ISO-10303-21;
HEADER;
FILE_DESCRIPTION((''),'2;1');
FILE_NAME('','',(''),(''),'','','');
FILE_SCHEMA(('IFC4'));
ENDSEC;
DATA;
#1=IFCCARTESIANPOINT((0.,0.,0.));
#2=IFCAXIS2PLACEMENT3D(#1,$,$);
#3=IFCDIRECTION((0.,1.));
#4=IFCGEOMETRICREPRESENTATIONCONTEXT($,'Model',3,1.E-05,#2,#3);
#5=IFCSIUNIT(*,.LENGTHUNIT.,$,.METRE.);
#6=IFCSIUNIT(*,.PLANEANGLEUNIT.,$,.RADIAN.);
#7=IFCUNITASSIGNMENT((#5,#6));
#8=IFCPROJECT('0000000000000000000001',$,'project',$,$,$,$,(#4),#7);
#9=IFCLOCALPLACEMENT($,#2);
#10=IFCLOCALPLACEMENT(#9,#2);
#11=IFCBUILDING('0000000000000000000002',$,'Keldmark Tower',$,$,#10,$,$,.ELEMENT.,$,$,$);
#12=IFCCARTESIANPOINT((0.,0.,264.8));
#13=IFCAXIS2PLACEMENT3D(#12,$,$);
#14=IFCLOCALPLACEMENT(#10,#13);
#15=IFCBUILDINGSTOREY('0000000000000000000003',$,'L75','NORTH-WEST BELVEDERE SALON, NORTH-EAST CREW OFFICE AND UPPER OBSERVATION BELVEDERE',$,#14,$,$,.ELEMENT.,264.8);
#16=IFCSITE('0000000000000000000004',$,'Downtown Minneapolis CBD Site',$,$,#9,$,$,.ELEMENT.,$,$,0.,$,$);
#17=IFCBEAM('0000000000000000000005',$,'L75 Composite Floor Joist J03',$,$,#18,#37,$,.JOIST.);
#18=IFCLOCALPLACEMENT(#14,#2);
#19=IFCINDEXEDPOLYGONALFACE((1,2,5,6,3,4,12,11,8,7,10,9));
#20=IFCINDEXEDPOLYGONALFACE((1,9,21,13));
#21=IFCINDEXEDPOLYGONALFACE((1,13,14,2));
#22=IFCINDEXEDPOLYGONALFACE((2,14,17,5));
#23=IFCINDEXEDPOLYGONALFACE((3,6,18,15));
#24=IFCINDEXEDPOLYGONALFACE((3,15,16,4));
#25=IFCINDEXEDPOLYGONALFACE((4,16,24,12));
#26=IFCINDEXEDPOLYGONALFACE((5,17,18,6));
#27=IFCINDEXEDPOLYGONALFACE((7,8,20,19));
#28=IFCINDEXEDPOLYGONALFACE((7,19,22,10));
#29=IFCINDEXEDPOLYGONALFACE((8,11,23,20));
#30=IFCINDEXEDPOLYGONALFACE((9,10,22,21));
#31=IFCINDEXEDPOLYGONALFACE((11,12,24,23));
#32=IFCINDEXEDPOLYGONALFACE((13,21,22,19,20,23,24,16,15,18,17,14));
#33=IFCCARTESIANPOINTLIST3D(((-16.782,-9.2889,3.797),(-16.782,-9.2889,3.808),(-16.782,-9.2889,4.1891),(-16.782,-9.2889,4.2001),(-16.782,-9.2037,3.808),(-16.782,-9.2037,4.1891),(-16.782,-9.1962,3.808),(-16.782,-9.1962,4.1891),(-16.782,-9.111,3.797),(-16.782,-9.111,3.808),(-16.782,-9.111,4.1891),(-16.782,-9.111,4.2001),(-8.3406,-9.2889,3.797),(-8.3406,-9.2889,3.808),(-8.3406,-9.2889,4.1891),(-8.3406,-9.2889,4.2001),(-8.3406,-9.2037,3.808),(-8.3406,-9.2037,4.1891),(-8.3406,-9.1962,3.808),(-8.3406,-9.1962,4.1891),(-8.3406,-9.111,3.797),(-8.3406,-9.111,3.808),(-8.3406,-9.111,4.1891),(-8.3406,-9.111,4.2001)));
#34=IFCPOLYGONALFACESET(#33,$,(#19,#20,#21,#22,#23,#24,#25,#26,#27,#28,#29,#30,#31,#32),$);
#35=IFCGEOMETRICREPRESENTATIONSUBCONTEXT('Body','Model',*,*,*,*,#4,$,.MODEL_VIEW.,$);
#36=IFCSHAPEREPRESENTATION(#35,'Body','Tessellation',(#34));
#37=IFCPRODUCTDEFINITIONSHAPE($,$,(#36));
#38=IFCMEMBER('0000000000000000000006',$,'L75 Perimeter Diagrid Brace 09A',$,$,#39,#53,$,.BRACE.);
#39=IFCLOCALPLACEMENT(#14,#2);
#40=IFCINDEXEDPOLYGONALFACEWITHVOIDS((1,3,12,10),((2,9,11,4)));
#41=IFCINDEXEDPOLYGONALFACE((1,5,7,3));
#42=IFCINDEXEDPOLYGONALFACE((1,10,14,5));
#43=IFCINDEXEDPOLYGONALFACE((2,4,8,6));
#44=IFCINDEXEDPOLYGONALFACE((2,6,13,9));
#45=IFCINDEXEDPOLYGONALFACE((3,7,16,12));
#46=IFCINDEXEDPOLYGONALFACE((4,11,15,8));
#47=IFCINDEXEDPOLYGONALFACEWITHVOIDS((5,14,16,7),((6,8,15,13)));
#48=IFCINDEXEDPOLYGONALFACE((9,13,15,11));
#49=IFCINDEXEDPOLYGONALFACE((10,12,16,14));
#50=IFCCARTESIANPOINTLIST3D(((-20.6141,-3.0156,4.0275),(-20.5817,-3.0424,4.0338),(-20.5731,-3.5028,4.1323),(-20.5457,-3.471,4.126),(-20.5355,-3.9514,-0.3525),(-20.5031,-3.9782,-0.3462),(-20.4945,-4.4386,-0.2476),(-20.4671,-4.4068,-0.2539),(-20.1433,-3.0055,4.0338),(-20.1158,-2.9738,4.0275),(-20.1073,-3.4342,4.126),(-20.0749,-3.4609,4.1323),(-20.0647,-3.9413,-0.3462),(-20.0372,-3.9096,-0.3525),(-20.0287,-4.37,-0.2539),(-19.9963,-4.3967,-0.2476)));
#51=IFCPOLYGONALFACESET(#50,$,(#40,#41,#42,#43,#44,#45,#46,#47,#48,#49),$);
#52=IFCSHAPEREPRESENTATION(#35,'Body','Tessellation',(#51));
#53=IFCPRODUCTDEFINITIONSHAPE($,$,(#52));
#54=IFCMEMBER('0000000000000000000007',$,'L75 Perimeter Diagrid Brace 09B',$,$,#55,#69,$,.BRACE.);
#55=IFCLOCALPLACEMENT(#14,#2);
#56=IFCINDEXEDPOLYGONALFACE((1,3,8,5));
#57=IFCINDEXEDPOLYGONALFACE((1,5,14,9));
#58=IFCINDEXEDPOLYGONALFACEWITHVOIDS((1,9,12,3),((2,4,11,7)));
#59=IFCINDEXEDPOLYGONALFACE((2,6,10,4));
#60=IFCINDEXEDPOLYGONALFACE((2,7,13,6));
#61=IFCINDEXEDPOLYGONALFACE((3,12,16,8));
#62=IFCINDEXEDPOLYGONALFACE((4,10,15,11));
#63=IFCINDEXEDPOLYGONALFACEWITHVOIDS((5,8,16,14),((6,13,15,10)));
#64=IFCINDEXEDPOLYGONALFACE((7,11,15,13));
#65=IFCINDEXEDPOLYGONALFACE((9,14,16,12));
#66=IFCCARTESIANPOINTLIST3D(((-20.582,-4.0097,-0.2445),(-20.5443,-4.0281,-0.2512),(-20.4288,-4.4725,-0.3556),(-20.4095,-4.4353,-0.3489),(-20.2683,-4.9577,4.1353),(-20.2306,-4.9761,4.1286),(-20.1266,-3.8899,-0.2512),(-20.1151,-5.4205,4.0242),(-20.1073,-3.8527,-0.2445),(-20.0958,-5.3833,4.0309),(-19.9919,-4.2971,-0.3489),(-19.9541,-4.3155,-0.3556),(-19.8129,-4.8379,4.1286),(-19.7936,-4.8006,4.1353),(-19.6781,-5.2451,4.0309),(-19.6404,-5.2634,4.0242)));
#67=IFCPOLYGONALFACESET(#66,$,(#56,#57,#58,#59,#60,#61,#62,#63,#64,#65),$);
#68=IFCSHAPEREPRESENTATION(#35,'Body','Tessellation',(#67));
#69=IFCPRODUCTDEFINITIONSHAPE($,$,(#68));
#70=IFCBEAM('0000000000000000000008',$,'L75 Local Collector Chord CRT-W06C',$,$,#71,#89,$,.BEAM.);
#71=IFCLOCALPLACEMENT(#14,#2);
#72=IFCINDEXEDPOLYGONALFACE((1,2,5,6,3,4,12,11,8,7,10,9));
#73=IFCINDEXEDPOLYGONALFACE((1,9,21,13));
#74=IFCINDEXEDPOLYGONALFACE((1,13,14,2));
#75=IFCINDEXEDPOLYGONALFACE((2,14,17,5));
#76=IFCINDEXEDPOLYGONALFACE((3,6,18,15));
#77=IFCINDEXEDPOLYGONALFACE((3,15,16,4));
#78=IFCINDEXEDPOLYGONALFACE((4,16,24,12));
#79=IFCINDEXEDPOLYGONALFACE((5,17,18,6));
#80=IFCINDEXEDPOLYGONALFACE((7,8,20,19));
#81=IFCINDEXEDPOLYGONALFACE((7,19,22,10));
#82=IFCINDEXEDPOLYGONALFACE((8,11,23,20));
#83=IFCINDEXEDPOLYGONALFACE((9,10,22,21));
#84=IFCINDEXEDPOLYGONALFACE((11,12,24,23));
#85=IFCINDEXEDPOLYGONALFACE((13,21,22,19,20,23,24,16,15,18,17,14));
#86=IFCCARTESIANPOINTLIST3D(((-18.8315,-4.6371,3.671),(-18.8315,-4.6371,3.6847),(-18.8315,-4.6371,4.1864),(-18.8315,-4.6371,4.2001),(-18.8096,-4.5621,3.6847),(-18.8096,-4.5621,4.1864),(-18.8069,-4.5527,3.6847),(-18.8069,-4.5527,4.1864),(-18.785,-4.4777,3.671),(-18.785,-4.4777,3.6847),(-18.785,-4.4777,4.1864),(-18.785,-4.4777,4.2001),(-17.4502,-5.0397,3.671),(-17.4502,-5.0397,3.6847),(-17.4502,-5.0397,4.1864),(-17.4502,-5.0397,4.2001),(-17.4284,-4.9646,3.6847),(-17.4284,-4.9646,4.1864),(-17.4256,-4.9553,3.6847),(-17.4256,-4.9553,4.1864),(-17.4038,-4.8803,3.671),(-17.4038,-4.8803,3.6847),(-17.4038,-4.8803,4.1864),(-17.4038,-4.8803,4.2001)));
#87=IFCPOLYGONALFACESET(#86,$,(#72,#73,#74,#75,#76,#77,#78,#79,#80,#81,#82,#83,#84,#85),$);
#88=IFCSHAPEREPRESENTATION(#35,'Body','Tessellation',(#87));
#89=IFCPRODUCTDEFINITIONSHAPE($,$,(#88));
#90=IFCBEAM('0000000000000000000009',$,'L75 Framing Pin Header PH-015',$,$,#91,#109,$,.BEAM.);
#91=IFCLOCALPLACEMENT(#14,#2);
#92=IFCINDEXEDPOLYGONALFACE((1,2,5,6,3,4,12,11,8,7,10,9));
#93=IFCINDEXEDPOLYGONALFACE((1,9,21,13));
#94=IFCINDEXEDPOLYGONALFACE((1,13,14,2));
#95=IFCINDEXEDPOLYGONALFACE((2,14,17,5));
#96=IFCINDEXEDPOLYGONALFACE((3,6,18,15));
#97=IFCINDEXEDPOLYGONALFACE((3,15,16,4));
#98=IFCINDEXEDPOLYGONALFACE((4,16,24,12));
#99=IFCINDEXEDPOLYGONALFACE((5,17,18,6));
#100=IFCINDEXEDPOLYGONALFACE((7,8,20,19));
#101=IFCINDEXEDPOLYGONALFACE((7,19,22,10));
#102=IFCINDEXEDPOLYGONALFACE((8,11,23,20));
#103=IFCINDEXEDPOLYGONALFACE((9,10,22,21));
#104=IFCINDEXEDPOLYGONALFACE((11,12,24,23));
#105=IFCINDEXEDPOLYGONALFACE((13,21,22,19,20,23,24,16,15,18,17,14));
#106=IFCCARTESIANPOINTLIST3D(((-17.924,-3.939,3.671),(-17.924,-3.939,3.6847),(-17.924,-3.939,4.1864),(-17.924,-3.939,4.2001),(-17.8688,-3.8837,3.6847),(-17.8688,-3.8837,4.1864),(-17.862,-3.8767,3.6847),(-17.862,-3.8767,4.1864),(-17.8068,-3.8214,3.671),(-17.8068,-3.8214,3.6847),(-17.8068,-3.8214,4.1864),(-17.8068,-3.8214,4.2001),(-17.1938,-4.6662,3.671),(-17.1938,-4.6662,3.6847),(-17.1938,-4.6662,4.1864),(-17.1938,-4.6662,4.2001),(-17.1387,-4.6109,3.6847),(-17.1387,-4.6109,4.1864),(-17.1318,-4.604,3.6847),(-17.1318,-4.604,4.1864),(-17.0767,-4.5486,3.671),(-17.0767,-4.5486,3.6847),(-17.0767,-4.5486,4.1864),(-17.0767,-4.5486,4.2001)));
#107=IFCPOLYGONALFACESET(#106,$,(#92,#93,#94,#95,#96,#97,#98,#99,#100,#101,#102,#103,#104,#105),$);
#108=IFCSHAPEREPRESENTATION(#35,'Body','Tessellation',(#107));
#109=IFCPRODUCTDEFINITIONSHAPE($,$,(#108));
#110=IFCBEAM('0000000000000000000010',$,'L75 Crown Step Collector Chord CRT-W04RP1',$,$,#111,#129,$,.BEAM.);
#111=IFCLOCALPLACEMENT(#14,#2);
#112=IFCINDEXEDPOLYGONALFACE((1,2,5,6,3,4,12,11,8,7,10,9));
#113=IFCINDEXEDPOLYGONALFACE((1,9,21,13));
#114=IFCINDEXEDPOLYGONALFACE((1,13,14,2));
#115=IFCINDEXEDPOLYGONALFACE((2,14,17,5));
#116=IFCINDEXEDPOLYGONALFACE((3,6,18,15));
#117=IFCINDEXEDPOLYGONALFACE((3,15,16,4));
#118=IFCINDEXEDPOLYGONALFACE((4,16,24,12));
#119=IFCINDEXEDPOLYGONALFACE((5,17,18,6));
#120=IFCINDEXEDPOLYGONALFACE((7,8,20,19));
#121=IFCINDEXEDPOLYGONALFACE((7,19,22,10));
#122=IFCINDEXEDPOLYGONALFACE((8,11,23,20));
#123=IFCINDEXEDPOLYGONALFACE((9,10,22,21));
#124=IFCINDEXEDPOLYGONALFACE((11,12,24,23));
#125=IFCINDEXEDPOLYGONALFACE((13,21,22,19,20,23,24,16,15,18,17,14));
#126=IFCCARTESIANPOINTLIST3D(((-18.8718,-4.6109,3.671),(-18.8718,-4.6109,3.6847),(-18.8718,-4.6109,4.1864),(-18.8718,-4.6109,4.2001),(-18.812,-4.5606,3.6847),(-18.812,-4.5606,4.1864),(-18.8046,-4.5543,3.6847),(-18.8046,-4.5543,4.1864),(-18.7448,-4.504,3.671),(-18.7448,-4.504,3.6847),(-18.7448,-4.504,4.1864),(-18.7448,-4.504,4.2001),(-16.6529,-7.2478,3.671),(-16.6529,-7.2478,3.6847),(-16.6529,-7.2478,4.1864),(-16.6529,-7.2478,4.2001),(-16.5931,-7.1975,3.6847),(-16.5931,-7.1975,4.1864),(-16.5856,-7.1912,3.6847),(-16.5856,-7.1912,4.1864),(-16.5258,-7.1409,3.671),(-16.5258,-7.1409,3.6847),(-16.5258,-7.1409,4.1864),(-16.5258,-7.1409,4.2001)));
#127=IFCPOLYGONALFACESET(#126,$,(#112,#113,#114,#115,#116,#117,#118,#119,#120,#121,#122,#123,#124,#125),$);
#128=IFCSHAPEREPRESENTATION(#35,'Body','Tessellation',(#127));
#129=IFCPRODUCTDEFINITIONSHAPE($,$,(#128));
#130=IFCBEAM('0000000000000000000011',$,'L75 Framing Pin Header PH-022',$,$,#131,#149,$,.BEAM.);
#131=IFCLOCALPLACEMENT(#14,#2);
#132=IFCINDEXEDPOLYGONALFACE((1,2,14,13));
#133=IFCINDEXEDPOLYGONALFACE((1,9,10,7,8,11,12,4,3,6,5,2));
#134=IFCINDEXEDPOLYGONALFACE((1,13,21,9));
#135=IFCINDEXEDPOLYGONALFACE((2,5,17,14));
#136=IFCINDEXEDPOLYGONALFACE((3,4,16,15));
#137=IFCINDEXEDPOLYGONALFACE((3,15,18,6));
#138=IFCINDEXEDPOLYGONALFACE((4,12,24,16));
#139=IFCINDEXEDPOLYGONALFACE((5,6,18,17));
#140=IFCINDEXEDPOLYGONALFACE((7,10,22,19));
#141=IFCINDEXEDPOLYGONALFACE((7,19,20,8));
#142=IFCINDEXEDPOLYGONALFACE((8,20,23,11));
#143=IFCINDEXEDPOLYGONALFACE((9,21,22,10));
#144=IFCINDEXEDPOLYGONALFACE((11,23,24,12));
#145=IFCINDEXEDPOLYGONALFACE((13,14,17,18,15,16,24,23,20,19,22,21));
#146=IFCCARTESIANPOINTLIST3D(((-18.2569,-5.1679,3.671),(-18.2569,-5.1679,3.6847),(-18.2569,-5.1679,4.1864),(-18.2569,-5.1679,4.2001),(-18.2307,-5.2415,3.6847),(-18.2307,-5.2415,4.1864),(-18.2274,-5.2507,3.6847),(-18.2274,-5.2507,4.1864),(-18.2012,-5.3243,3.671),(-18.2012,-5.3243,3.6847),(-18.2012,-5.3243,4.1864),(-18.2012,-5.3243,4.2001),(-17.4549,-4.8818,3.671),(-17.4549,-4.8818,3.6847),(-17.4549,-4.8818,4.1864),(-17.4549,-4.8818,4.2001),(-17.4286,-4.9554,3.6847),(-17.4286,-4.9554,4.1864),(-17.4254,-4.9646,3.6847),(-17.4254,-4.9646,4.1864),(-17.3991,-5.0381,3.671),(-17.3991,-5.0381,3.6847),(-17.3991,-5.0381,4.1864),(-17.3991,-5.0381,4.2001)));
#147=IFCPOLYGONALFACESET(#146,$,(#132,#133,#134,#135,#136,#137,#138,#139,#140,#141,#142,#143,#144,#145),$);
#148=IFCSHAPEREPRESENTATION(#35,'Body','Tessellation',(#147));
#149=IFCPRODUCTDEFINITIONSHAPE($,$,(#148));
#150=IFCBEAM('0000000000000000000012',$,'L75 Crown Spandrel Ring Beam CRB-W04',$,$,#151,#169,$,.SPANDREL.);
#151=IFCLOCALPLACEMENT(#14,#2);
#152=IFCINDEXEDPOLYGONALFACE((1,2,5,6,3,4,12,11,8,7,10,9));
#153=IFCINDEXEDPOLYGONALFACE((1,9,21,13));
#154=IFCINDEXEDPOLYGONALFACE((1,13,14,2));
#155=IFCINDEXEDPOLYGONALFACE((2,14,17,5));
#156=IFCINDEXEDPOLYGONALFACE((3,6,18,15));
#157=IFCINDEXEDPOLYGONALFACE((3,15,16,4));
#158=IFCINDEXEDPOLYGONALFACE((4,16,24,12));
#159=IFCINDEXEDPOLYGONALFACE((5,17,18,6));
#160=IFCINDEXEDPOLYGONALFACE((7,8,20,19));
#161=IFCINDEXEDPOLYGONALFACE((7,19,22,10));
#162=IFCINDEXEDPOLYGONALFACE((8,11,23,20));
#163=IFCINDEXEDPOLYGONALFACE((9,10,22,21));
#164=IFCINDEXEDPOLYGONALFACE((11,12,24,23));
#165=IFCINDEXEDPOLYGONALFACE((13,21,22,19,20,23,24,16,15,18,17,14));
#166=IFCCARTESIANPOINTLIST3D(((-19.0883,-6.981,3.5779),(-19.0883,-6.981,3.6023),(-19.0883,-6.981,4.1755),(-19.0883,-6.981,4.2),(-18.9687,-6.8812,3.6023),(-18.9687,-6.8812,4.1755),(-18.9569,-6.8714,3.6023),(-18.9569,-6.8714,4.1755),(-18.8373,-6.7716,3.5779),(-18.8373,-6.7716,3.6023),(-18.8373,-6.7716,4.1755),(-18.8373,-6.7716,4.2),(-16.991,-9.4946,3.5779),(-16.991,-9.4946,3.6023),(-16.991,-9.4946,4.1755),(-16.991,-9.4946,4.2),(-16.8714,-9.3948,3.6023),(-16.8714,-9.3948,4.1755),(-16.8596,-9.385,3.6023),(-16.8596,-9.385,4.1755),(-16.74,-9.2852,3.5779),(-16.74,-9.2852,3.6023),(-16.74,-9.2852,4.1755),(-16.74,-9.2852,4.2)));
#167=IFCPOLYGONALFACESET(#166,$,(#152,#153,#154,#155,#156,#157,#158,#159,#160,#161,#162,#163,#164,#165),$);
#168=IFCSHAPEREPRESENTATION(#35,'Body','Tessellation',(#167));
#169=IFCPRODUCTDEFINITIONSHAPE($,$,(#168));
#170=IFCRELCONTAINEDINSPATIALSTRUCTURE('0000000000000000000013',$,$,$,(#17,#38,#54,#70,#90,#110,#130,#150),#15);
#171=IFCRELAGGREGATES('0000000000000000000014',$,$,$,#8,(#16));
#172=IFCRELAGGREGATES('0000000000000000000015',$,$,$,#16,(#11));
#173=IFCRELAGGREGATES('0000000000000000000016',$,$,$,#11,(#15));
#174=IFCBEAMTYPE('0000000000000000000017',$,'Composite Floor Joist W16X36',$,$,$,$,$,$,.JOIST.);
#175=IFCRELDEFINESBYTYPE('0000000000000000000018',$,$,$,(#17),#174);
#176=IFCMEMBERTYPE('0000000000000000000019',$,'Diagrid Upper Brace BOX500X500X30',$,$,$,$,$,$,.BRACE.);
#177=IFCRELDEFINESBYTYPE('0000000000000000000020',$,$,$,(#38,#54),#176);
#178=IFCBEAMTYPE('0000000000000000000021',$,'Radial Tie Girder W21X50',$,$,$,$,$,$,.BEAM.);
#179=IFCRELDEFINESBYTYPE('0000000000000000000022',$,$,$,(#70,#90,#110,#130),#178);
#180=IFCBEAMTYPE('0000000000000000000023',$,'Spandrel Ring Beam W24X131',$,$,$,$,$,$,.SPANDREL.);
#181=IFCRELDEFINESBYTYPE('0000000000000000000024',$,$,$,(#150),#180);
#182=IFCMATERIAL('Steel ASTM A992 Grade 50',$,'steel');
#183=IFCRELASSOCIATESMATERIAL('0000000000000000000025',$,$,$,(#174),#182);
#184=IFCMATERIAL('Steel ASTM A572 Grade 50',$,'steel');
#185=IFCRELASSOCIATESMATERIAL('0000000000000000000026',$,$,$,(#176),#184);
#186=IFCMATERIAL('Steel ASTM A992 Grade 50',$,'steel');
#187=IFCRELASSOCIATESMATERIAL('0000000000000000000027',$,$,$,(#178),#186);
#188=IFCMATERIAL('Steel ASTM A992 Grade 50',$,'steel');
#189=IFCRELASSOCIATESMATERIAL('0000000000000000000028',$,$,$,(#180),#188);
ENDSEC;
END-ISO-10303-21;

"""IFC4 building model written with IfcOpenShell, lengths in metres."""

from ifc_helpers import new_model, si_unit, direction, frame, origin, origin_2d, place, context, subcontext, project, spatial, hollow_rectangle, i_section, extrude, material, material_profile, profile_set, type_object, element, save


model = new_model("IFC4")

# Units and contexts
model_context = context("Model", 3, precision=1e-05, world=origin(), true_north=direction((0.0, 1.0)))
body_context = subcontext(model_context, "Body", "Model", "MODEL_VIEW")
ifc_project = project(units=[si_unit("LENGTHUNIT", "METRE"), si_unit("PLANEANGLEUNIT", "RADIAN")], contexts=[model_context])

# Site, building, storey
site_placement = place(None, origin())
site = spatial("IfcSite", under=ifc_project, at=site_placement, Name="Downtown Minneapolis CBD Site", CompositionType="ELEMENT", RefElevation=0.0)
building_placement = place(site_placement, origin())
building = spatial("IfcBuilding", under=site, at=building_placement, Name="Keldmark Tower", CompositionType="ELEMENT")
storey_placement = place(building_placement, frame((0.0, 0.0, 264.8)))
storey = spatial("IfcBuildingStorey", under=building, at=storey_placement, Name="L75", Description="NORTH-WEST BELVEDERE SALON, NORTH-EAST CREW OFFICE AND UPPER OBSERVATION BELVEDERE", CompositionType="ELEMENT", Elevation=264.8)

# Beam
ifc_material_1 = material(Name="Steel ASTM A992 Grade 50", Category="steel")
ifc_material_profile_1 = material_profile(ifc_material_1, i_section(OverallWidth=0.178, OverallDepth=0.4031, WebThickness=0.0076, FlangeThickness=0.011, at=origin_2d()), Name="W16X36")
ifc_profile_set_1 = profile_set([ifc_material_profile_1], Name="Steel ASTM A992 Grade 50")
beam_type_1 = type_object("IfcBeamType", Name="Composite Floor Joist W16X36", PredefinedType="JOIST", material=ifc_profile_set_1)
beam_1_placement = place(storey_placement, frame((-16.782, -9.2, 3.9985), z_axis=(1.0, 0.0, 0.0), x_axis=(0.0, 1.0, 0.0)))
element("IfcBeam", 1, at=beam_1_placement, inside=storey, type_object=beam_type_1, Name="L75 Composite Floor Joist J03", PredefinedType="JOIST", context=body_context, shape_type="SweptSolid", body=[
    extrude(i_section(OverallWidth=0.178, OverallDepth=0.4031, WebThickness=0.0076, FlangeThickness=0.011, at=origin_2d()), origin(), (0.0, 0.0, 1.0), 8.4414),
])

# Members
ifc_material_2 = material(Name="Steel ASTM A572 Grade 50", Category="steel")
ifc_material_profile_2 = material_profile(ifc_material_2, hollow_rectangle(XDim=0.5, YDim=0.5, WallThickness=0.03, at=origin_2d()), Name="BOX500X500X30")
ifc_profile_set_2 = profile_set([ifc_material_profile_2], Name="Steel ASTM A572 Grade 50")
member_type = type_object("IfcMemberType", Name="Diagrid Upper Brace BOX500X500X30", PredefinedType="BRACE", material=ifc_profile_set_2)
member_1_placement = place(storey_placement, frame((-20.2659, -4.1741, -0.3), z_axis=(-0.01755, 0.208909, 0.977778), x_axis=(-0.99649, -0.083712, 0.0)))
element("IfcMember", 2, at=member_1_placement, inside=storey, type_object=member_type, Name="L75 Perimeter Diagrid Brace 09A", PredefinedType="BRACE", context=body_context, shape_type="SweptSolid", body=[
    extrude(hollow_rectangle(XDim=0.5, YDim=0.5, WallThickness=0.03, at=origin_2d()), origin(), (0.0, 0.0, 1.0), 4.4795),
])
member_2_placement = place(storey_placement, frame((-20.2681, -4.1626, -0.3), z_axis=(0.069836, -0.211029, 0.974982), x_axis=(0.949366, 0.314173, 0.0)))
element("IfcMember", 3, at=member_2_placement, inside=storey, type_object=member_type, Name="L75 Perimeter Diagrid Brace 09B", PredefinedType="BRACE", context=body_context, shape_type="SweptSolid", body=[
    extrude(hollow_rectangle(XDim=0.5, YDim=0.5, WallThickness=0.03, at=origin_2d()), origin(), (0.0, 0.0, 1.0), 4.4922),
])

# Beams
ifc_material_3 = material(Name="Steel ASTM A992 Grade 50", Category="steel")
ifc_material_profile_3 = material_profile(ifc_material_3, i_section(OverallWidth=0.166, OverallDepth=0.5291, WebThickness=0.0098, FlangeThickness=0.0137, at=origin_2d()), Name="W21X50")
ifc_profile_set_3 = profile_set([ifc_material_profile_3], Name="Steel ASTM A992 Grade 50")
beam_type_2 = type_object("IfcBeamType", Name="Radial Tie Girder W21X50", PredefinedType="BEAM", material=ifc_profile_set_3)
beam_2_placement = place(storey_placement, frame((-17.427, -4.96, 3.9355), z_axis=(-0.960057, 0.279805, 0.0), x_axis=(-0.279805, -0.960057, 0.0)))
element("IfcBeam", 4, at=beam_2_placement, inside=storey, type_object=beam_type_2, Name="L75 Local Collector Chord CRT-W06C", PredefinedType="BEAM", context=body_context, shape_type="SweptSolid", body=[
    extrude(i_section(OverallWidth=0.166, OverallDepth=0.5291, WebThickness=0.0098, FlangeThickness=0.0137, at=origin_2d()), origin(), (0.0, 0.0, 1.0), 1.4387),
])
beam_3_placement = place(storey_placement, frame((-17.1353, -4.6074, 3.9355), z_axis=(-0.708527, 0.705684, 0.0), x_axis=(-0.705684, -0.708527, 0.0)))
element("IfcBeam", 5, at=beam_3_placement, inside=storey, type_object=beam_type_2, Name="L75 Framing Pin Header PH-015", PredefinedType="BEAM", context=body_context, shape_type="SweptSolid", body=[
    extrude(i_section(OverallWidth=0.166, OverallDepth=0.5291, WebThickness=0.0098, FlangeThickness=0.0137, at=origin_2d()), origin(), (0.0, 0.0, 1.0), 1.0305),
])
beam_4_placement = place(storey_placement, frame((-16.5894, -7.1943, 3.9355), z_axis=(-0.643863, 0.765141, 0.0), x_axis=(-0.765141, -0.643863, 0.0)))
element("IfcBeam", 6, at=beam_4_placement, inside=storey, type_object=beam_type_2, Name="L75 Crown Step Collector Chord CRT-W04RP1", PredefinedType="BEAM", context=body_context, shape_type="SweptSolid", body=[
    extrude(i_section(OverallWidth=0.166, OverallDepth=0.5291, WebThickness=0.0098, FlangeThickness=0.0137, at=origin_2d()), origin(), (0.0, 0.0, 1.0), 3.4463),
])
beam_5_placement = place(storey_placement, frame((-17.427, -4.96, 3.9355), z_axis=(-0.941852, -0.336028, 0.0), x_axis=(0.336028, -0.941852, 0.0)))
element("IfcBeam", 7, at=beam_5_placement, inside=storey, type_object=beam_type_2, Name="L75 Framing Pin Header PH-022", PredefinedType="BEAM", context=body_context, shape_type="SweptSolid", body=[
    extrude(i_section(OverallWidth=0.166, OverallDepth=0.5291, WebThickness=0.0098, FlangeThickness=0.0137, at=origin_2d()), origin(), (0.0, 0.0, 1.0), 0.8516),
])
ifc_material_4 = material(Name="Steel ASTM A992 Grade 50", Category="steel")
ifc_material_profile_4 = material_profile(ifc_material_4, i_section(OverallWidth=0.3269, OverallDepth=0.6221, WebThickness=0.0154, FlangeThickness=0.0244, at=origin_2d()), Name="W24X131")
ifc_profile_set_4 = profile_set([ifc_material_profile_4], Name="Steel ASTM A992 Grade 50")
beam_type_3 = type_object("IfcBeamType", Name="Spandrel Ring Beam W24X131", PredefinedType="SPANDREL", material=ifc_profile_set_4)
beam_6_placement = place(storey_placement, frame((-16.8655, -9.3899, 3.8889), z_axis=(-0.640668, 0.767818, 0.0), x_axis=(-0.767818, -0.640668, 0.0)))
element("IfcBeam", 8, at=beam_6_placement, inside=storey, type_object=beam_type_3, Name="L75 Crown Spandrel Ring Beam CRB-W04", PredefinedType="SPANDREL", context=body_context, shape_type="SweptSolid", body=[
    extrude(i_section(OverallWidth=0.3269, OverallDepth=0.6221, WebThickness=0.0154, FlangeThickness=0.0244, at=origin_2d()), origin(), (0.0, 0.0, 1.0), 3.2737),
])

save(model, "model.ifc")
